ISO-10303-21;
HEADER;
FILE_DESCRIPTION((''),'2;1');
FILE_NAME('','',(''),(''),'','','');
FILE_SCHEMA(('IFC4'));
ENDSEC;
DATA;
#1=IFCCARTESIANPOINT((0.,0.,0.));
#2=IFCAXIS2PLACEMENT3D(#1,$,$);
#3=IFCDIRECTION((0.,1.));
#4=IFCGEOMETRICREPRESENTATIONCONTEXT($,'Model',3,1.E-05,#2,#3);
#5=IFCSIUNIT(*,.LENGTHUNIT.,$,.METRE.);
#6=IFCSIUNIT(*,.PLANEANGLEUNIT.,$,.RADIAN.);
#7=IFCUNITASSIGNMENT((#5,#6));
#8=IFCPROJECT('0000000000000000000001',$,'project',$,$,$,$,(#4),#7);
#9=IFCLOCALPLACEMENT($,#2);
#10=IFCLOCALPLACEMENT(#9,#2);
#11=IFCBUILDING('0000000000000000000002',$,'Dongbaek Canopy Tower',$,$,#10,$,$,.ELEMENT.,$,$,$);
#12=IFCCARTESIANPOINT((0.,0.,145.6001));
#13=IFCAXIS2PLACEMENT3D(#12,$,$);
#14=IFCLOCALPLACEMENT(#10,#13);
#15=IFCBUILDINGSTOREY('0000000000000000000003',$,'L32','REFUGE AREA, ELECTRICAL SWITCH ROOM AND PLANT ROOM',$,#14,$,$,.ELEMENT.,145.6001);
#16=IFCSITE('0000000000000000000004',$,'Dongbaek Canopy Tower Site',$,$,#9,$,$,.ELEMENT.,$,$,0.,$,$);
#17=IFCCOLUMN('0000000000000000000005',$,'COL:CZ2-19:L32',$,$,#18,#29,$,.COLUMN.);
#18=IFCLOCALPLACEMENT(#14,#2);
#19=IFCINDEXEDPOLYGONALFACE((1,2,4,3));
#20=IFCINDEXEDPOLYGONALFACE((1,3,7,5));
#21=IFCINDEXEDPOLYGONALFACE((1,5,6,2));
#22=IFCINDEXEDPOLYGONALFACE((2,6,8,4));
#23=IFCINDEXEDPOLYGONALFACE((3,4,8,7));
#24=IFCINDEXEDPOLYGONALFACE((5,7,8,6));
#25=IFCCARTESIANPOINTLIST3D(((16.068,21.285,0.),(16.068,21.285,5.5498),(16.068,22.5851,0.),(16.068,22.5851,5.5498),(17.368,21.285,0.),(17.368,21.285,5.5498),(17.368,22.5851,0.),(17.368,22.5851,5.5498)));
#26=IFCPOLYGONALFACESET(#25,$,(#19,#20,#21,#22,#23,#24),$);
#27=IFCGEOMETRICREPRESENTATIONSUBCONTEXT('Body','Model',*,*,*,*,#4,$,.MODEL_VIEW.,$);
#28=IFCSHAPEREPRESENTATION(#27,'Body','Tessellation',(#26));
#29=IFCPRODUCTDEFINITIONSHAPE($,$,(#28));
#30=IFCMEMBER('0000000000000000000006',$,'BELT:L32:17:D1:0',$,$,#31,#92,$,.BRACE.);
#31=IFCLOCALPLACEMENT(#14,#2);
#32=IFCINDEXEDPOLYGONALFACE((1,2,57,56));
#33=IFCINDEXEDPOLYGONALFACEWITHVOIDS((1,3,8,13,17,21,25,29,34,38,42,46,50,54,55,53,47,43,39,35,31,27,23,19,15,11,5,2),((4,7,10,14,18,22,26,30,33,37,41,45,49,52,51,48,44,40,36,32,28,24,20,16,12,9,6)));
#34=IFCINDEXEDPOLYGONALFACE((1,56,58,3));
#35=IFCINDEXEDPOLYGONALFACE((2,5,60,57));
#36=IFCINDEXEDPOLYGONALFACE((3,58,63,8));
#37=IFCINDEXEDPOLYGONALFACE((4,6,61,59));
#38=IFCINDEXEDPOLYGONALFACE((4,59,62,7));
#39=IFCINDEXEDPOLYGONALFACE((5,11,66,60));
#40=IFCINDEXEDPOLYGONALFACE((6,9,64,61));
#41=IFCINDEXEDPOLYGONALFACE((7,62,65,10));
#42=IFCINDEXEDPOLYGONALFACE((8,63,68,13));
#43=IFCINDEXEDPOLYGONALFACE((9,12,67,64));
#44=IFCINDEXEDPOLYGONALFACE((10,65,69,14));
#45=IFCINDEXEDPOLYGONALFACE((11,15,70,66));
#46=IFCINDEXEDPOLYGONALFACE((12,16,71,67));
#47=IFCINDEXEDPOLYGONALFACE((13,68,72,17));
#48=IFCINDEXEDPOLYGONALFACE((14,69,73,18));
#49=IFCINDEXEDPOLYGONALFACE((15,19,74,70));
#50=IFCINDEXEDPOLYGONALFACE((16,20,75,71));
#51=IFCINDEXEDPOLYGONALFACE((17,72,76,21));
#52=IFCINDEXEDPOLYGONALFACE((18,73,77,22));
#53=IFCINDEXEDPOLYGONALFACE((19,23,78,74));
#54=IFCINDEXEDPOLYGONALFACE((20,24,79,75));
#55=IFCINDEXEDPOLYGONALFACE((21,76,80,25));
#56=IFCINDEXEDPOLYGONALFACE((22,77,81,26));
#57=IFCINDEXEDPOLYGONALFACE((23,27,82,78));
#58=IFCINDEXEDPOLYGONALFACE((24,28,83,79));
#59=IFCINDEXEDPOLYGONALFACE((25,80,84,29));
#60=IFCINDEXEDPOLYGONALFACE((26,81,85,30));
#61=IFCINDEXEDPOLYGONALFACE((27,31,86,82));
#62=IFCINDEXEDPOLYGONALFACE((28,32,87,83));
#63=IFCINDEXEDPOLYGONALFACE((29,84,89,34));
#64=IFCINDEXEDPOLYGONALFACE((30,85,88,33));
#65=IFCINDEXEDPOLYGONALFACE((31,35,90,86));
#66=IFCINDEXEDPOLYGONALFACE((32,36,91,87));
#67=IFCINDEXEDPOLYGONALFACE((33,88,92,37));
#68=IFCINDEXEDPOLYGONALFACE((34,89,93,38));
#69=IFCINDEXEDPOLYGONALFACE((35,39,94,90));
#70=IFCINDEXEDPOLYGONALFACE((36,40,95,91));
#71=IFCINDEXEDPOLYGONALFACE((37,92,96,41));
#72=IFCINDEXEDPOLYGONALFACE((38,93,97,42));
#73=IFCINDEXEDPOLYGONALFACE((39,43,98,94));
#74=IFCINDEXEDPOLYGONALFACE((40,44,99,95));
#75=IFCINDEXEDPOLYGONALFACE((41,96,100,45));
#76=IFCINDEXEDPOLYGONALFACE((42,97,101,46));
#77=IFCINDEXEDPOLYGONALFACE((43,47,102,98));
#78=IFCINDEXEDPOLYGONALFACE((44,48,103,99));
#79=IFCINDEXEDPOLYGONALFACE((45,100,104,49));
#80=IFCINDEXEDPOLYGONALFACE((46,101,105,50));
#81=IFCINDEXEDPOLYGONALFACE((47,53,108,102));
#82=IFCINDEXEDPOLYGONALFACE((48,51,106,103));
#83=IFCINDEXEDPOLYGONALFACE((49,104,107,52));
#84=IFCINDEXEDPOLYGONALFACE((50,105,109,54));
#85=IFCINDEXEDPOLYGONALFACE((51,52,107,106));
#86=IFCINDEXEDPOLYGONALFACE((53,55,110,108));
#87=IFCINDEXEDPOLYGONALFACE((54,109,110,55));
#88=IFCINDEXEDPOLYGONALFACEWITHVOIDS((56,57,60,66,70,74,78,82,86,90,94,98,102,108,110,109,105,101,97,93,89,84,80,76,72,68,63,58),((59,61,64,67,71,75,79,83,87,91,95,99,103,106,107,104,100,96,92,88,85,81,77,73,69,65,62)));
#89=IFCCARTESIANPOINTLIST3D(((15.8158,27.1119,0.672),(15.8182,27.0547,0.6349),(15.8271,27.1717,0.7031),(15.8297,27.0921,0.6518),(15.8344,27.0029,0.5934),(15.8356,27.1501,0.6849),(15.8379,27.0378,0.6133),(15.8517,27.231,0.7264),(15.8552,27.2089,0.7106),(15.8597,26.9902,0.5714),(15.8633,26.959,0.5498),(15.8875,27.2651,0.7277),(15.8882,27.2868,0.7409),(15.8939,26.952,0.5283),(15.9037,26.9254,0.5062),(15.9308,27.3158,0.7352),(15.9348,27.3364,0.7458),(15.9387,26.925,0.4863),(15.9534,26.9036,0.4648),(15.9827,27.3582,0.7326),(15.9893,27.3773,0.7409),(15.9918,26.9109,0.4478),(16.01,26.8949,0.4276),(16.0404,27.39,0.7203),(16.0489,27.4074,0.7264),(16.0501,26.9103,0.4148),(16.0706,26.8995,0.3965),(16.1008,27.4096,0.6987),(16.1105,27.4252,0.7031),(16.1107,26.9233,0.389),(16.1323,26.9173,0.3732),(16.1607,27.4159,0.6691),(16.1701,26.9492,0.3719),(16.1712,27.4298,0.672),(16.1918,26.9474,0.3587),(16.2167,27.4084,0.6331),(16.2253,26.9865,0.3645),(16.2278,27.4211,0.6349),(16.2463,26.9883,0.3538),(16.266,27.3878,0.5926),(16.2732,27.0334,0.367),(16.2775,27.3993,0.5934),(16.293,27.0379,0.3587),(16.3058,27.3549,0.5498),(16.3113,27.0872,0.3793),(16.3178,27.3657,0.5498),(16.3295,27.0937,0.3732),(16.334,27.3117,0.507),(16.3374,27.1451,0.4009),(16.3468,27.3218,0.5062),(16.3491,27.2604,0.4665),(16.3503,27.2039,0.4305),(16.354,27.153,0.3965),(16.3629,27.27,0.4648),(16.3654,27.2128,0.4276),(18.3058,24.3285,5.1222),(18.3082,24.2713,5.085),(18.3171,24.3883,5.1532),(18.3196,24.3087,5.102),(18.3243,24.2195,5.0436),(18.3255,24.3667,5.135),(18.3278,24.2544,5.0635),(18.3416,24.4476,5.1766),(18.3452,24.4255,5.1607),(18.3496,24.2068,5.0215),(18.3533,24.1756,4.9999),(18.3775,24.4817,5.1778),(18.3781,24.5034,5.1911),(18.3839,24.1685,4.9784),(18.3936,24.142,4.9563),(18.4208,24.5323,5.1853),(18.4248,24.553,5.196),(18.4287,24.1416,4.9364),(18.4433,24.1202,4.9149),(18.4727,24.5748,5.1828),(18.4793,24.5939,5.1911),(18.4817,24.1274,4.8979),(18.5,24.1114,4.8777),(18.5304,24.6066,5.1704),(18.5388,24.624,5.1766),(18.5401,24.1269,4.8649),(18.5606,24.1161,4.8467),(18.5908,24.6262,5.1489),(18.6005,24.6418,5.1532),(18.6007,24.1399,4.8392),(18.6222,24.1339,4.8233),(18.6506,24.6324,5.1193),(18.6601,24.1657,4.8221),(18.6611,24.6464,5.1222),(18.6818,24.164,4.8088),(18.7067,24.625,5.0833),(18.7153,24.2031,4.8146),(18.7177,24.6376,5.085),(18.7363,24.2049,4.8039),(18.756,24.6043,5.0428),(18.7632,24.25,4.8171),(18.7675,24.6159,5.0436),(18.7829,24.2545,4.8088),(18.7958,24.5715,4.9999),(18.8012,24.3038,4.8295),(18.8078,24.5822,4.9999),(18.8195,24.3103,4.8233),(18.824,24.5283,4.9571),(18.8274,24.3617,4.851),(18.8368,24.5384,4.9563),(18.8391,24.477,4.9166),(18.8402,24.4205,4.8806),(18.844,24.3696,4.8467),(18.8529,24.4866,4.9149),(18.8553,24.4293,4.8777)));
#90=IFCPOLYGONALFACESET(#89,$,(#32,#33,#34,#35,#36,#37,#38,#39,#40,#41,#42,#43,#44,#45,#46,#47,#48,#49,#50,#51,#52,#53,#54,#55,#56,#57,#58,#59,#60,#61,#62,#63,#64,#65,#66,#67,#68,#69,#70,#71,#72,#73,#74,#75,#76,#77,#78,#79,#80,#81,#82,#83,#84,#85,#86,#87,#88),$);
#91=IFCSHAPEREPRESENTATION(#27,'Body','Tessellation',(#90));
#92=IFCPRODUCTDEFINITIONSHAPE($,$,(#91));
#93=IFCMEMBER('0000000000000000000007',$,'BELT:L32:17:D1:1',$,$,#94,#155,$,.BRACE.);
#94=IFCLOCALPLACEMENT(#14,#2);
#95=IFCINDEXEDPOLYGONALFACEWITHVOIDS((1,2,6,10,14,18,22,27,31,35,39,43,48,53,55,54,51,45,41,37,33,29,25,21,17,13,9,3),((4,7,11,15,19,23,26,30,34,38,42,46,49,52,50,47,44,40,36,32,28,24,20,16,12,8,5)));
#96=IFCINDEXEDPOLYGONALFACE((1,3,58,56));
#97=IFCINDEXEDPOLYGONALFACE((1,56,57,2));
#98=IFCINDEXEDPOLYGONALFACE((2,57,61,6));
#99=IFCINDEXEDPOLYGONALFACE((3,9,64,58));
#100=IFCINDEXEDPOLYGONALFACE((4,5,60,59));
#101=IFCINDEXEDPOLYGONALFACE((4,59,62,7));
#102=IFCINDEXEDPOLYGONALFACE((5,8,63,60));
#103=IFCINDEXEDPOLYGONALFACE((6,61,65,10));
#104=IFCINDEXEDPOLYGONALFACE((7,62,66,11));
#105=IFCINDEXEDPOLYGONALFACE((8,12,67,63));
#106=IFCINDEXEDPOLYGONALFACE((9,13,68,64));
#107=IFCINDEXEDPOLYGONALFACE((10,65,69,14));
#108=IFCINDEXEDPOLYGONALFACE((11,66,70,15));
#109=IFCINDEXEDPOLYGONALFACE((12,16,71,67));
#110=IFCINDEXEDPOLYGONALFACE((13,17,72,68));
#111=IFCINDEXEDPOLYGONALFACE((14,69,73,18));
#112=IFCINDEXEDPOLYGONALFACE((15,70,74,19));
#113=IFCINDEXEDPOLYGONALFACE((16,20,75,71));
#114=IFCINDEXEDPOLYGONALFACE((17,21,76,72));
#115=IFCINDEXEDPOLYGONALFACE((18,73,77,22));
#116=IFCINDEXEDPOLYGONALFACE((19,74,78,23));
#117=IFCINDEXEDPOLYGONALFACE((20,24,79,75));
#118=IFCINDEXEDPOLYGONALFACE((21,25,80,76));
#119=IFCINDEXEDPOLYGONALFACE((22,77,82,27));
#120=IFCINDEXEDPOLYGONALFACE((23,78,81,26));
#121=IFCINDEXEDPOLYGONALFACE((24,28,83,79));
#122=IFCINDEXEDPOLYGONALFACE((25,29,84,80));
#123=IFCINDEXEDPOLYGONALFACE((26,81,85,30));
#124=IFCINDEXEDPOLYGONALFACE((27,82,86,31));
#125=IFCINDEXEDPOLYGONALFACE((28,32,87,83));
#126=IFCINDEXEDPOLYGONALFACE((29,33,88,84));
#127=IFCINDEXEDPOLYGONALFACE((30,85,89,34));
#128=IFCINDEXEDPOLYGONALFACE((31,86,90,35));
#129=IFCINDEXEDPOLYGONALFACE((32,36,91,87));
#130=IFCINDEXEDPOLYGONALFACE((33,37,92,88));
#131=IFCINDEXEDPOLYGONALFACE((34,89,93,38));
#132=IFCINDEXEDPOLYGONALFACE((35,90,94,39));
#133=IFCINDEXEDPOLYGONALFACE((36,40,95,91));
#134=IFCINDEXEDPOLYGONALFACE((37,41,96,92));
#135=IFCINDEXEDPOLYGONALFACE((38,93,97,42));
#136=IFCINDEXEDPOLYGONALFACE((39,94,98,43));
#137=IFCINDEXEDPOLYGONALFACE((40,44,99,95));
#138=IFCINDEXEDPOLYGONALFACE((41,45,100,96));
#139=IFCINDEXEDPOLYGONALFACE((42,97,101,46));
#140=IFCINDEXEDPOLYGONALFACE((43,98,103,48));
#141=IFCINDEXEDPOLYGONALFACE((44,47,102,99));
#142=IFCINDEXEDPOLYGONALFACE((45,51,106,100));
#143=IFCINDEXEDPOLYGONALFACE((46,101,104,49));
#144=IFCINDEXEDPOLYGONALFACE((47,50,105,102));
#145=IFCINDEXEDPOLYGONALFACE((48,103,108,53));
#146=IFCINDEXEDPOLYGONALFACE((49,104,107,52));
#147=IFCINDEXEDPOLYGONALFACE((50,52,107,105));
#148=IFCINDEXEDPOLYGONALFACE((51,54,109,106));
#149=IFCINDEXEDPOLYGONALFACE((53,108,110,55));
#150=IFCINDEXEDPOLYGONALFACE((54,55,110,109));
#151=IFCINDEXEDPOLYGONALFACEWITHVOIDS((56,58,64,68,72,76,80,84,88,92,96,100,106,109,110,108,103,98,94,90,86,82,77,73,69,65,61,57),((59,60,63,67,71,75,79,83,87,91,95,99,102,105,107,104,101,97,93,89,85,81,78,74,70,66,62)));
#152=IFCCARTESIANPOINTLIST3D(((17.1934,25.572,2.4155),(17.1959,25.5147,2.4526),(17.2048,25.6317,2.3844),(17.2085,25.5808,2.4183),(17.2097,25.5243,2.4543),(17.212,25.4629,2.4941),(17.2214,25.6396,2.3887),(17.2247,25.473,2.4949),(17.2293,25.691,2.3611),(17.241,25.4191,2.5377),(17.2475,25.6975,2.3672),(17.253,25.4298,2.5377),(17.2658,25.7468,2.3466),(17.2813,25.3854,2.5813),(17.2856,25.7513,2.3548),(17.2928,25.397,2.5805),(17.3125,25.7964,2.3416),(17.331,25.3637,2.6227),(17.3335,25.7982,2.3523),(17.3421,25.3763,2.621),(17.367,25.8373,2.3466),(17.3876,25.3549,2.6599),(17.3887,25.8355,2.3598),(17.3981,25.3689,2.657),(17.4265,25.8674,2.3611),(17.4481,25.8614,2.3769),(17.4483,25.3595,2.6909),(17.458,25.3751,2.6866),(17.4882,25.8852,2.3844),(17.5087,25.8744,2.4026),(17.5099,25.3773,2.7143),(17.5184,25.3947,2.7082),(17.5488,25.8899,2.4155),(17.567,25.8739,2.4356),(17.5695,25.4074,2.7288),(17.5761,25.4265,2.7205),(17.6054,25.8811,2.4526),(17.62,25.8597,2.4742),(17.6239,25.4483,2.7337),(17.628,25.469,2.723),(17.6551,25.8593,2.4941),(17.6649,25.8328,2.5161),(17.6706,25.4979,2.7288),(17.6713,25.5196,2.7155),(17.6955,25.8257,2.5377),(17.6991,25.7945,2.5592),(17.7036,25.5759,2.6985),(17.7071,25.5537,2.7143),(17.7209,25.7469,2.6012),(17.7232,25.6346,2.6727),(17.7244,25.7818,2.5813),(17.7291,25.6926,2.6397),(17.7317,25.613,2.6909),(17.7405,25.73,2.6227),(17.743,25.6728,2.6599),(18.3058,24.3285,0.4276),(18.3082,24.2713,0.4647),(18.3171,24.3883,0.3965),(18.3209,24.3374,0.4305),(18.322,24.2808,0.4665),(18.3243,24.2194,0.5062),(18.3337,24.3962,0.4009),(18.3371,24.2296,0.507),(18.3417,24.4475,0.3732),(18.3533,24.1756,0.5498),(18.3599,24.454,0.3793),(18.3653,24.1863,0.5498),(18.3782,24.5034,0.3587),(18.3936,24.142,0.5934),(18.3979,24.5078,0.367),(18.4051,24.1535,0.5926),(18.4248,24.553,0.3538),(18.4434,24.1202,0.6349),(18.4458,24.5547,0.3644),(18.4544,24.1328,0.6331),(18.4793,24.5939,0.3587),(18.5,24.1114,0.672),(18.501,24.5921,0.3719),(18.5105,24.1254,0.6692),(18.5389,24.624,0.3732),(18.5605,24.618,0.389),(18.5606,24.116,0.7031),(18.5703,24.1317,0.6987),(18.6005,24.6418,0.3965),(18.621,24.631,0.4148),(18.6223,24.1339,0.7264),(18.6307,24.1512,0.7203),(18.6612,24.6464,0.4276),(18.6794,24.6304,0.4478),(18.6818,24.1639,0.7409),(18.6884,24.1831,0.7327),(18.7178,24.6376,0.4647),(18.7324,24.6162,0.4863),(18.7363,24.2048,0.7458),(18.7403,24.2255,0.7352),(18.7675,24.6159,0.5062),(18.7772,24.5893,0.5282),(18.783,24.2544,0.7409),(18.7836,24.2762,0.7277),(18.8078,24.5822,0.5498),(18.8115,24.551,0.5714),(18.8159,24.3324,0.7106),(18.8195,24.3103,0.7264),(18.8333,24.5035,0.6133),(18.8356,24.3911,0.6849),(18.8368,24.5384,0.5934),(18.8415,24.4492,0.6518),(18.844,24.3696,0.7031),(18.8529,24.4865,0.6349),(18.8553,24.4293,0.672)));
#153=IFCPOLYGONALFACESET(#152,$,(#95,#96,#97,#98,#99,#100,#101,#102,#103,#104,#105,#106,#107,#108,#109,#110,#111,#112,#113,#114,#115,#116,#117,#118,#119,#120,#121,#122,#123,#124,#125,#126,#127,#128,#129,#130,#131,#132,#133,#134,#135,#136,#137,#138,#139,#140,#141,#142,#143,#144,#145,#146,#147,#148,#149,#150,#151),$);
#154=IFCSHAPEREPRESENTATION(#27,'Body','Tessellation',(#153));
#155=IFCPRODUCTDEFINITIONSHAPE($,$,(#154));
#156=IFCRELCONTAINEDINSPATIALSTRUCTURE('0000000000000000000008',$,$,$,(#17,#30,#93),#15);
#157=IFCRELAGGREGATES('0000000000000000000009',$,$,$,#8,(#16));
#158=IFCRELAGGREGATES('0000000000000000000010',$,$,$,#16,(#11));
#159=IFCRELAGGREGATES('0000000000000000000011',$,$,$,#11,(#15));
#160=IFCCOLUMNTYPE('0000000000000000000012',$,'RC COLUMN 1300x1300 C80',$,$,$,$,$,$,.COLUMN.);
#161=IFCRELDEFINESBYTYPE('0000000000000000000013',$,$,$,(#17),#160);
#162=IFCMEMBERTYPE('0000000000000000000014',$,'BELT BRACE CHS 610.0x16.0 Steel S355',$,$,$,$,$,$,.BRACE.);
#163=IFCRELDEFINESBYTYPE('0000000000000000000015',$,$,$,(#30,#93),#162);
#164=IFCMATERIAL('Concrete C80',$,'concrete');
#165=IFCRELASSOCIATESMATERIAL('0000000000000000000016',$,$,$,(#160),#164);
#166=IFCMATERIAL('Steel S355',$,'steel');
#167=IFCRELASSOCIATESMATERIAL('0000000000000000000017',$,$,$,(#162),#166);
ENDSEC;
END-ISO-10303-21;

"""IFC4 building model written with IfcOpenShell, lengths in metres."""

from ifc_helpers import new_model, si_unit, direction, frame, origin, origin_2d, place, context, subcontext, project, spatial, rectangle, hollow_circle, extrude, material, material_profile, profile_set, type_object, element, save


model = new_model("IFC4")

# Units and contexts
model_context = context("Model", 3, precision=1e-05, world=origin(), true_north=direction((0.0, 1.0)))
body_context = subcontext(model_context, "Body", "Model", "MODEL_VIEW")
ifc_project = project(units=[si_unit("LENGTHUNIT", "METRE"), si_unit("PLANEANGLEUNIT", "RADIAN")], contexts=[model_context])

# Site, building, storey
site_placement = place(None, origin())
site = spatial("IfcSite", under=ifc_project, at=site_placement, Name="Dongbaek Canopy Tower Site", CompositionType="ELEMENT", RefElevation=0.0)
building_placement = place(site_placement, origin())
building = spatial("IfcBuilding", under=site, at=building_placement, Name="Dongbaek Canopy Tower", CompositionType="ELEMENT")
storey_placement = place(building_placement, frame((0.0, 0.0, 145.6001)))
storey = spatial("IfcBuildingStorey", under=building, at=storey_placement, Name="L32", Description="REFUGE AREA, ELECTRICAL SWITCH ROOM AND PLANT ROOM", CompositionType="ELEMENT", Elevation=145.6001)

# Column
ifc_material_1 = material(Name="Concrete C80", Category="concrete")
ifc_material_profile_1 = material_profile(ifc_material_1, rectangle(XDim=1.3, YDim=1.3, at=origin_2d()), Name="RC COLUMN 1300x1300 C80")
ifc_profile_set_1 = profile_set([ifc_material_profile_1], Name="Concrete C80")
column_type = type_object("IfcColumnType", Name="RC COLUMN 1300x1300 C80", PredefinedType="COLUMN", material=ifc_profile_set_1)
column_placement = place(storey_placement, frame((16.718, 21.9351, 0.0), z_axis=(0.0, 0.0, 1.0), x_axis=(1.0, 0.0, 0.0)))
element("IfcColumn", 1, at=column_placement, inside=storey, type_object=column_type, Name="COL:CZ2-19:L32", PredefinedType="COLUMN", context=body_context, shape_type="SweptSolid", body=[
    extrude(rectangle(XDim=1.3, YDim=1.3, at=origin_2d()), origin(), (0.0, 0.0, 1.0), 5.5498),
])

# Members
ifc_material_2 = material(Name="Steel S355", Category="steel")
ifc_material_profile_2 = material_profile(ifc_material_2, hollow_circle(Radius=0.3049, WallThickness=0.0161, at=origin_2d()), Name="BELT BRACE CHS 610.0x16.0 Steel S355")
ifc_profile_set_2 = profile_set([ifc_material_profile_2], Name="Steel S355")
member_type_1 = type_object("IfcMemberType", Name="BELT BRACE CHS 610.0x16.0 Steel S355", PredefinedType="BRACE", material=ifc_profile_set_2)
member_1_placement = place(storey_placement, frame((16.0906, 27.1624, 0.5498), z_axis=(0.428597, -0.479109, 0.766002), x_axis=(0.745303, 0.666726, 0.0)))
element("IfcMember", 2, at=member_1_placement, inside=storey, type_object=member_type_1, Name="BELT:L32:17:D1:0", PredefinedType="BRACE", context=body_context, shape_type="SweptSolid", body=[
    extrude(hollow_circle(Radius=0.3049, WallThickness=0.0161, at=origin_2d()), origin(), (0.0, 0.0, 1.0), 5.8096),
])
for number, where, z_axis, x_axis, name in (
    (3, (18.5806, 24.3789, 0.5498), (-0.428615, 0.479135, 0.765976), (-0.745306, -0.666722, 0.0), "BELT:L32:17:D1:1"),
):
    element("IfcMember", number, at=place(storey_placement, frame(where, z_axis=z_axis, x_axis=x_axis)), inside=storey, type_object=member_type_1, Name=name, PredefinedType="BRACE", context=body_context, shape_type="SweptSolid", body=[
        extrude(hollow_circle(Radius=0.3049, WallThickness=0.0161, at=origin_2d()), origin(), (0.0, 0.0, 1.0), 2.5952),
    ])

save(model, "model.ifc")
